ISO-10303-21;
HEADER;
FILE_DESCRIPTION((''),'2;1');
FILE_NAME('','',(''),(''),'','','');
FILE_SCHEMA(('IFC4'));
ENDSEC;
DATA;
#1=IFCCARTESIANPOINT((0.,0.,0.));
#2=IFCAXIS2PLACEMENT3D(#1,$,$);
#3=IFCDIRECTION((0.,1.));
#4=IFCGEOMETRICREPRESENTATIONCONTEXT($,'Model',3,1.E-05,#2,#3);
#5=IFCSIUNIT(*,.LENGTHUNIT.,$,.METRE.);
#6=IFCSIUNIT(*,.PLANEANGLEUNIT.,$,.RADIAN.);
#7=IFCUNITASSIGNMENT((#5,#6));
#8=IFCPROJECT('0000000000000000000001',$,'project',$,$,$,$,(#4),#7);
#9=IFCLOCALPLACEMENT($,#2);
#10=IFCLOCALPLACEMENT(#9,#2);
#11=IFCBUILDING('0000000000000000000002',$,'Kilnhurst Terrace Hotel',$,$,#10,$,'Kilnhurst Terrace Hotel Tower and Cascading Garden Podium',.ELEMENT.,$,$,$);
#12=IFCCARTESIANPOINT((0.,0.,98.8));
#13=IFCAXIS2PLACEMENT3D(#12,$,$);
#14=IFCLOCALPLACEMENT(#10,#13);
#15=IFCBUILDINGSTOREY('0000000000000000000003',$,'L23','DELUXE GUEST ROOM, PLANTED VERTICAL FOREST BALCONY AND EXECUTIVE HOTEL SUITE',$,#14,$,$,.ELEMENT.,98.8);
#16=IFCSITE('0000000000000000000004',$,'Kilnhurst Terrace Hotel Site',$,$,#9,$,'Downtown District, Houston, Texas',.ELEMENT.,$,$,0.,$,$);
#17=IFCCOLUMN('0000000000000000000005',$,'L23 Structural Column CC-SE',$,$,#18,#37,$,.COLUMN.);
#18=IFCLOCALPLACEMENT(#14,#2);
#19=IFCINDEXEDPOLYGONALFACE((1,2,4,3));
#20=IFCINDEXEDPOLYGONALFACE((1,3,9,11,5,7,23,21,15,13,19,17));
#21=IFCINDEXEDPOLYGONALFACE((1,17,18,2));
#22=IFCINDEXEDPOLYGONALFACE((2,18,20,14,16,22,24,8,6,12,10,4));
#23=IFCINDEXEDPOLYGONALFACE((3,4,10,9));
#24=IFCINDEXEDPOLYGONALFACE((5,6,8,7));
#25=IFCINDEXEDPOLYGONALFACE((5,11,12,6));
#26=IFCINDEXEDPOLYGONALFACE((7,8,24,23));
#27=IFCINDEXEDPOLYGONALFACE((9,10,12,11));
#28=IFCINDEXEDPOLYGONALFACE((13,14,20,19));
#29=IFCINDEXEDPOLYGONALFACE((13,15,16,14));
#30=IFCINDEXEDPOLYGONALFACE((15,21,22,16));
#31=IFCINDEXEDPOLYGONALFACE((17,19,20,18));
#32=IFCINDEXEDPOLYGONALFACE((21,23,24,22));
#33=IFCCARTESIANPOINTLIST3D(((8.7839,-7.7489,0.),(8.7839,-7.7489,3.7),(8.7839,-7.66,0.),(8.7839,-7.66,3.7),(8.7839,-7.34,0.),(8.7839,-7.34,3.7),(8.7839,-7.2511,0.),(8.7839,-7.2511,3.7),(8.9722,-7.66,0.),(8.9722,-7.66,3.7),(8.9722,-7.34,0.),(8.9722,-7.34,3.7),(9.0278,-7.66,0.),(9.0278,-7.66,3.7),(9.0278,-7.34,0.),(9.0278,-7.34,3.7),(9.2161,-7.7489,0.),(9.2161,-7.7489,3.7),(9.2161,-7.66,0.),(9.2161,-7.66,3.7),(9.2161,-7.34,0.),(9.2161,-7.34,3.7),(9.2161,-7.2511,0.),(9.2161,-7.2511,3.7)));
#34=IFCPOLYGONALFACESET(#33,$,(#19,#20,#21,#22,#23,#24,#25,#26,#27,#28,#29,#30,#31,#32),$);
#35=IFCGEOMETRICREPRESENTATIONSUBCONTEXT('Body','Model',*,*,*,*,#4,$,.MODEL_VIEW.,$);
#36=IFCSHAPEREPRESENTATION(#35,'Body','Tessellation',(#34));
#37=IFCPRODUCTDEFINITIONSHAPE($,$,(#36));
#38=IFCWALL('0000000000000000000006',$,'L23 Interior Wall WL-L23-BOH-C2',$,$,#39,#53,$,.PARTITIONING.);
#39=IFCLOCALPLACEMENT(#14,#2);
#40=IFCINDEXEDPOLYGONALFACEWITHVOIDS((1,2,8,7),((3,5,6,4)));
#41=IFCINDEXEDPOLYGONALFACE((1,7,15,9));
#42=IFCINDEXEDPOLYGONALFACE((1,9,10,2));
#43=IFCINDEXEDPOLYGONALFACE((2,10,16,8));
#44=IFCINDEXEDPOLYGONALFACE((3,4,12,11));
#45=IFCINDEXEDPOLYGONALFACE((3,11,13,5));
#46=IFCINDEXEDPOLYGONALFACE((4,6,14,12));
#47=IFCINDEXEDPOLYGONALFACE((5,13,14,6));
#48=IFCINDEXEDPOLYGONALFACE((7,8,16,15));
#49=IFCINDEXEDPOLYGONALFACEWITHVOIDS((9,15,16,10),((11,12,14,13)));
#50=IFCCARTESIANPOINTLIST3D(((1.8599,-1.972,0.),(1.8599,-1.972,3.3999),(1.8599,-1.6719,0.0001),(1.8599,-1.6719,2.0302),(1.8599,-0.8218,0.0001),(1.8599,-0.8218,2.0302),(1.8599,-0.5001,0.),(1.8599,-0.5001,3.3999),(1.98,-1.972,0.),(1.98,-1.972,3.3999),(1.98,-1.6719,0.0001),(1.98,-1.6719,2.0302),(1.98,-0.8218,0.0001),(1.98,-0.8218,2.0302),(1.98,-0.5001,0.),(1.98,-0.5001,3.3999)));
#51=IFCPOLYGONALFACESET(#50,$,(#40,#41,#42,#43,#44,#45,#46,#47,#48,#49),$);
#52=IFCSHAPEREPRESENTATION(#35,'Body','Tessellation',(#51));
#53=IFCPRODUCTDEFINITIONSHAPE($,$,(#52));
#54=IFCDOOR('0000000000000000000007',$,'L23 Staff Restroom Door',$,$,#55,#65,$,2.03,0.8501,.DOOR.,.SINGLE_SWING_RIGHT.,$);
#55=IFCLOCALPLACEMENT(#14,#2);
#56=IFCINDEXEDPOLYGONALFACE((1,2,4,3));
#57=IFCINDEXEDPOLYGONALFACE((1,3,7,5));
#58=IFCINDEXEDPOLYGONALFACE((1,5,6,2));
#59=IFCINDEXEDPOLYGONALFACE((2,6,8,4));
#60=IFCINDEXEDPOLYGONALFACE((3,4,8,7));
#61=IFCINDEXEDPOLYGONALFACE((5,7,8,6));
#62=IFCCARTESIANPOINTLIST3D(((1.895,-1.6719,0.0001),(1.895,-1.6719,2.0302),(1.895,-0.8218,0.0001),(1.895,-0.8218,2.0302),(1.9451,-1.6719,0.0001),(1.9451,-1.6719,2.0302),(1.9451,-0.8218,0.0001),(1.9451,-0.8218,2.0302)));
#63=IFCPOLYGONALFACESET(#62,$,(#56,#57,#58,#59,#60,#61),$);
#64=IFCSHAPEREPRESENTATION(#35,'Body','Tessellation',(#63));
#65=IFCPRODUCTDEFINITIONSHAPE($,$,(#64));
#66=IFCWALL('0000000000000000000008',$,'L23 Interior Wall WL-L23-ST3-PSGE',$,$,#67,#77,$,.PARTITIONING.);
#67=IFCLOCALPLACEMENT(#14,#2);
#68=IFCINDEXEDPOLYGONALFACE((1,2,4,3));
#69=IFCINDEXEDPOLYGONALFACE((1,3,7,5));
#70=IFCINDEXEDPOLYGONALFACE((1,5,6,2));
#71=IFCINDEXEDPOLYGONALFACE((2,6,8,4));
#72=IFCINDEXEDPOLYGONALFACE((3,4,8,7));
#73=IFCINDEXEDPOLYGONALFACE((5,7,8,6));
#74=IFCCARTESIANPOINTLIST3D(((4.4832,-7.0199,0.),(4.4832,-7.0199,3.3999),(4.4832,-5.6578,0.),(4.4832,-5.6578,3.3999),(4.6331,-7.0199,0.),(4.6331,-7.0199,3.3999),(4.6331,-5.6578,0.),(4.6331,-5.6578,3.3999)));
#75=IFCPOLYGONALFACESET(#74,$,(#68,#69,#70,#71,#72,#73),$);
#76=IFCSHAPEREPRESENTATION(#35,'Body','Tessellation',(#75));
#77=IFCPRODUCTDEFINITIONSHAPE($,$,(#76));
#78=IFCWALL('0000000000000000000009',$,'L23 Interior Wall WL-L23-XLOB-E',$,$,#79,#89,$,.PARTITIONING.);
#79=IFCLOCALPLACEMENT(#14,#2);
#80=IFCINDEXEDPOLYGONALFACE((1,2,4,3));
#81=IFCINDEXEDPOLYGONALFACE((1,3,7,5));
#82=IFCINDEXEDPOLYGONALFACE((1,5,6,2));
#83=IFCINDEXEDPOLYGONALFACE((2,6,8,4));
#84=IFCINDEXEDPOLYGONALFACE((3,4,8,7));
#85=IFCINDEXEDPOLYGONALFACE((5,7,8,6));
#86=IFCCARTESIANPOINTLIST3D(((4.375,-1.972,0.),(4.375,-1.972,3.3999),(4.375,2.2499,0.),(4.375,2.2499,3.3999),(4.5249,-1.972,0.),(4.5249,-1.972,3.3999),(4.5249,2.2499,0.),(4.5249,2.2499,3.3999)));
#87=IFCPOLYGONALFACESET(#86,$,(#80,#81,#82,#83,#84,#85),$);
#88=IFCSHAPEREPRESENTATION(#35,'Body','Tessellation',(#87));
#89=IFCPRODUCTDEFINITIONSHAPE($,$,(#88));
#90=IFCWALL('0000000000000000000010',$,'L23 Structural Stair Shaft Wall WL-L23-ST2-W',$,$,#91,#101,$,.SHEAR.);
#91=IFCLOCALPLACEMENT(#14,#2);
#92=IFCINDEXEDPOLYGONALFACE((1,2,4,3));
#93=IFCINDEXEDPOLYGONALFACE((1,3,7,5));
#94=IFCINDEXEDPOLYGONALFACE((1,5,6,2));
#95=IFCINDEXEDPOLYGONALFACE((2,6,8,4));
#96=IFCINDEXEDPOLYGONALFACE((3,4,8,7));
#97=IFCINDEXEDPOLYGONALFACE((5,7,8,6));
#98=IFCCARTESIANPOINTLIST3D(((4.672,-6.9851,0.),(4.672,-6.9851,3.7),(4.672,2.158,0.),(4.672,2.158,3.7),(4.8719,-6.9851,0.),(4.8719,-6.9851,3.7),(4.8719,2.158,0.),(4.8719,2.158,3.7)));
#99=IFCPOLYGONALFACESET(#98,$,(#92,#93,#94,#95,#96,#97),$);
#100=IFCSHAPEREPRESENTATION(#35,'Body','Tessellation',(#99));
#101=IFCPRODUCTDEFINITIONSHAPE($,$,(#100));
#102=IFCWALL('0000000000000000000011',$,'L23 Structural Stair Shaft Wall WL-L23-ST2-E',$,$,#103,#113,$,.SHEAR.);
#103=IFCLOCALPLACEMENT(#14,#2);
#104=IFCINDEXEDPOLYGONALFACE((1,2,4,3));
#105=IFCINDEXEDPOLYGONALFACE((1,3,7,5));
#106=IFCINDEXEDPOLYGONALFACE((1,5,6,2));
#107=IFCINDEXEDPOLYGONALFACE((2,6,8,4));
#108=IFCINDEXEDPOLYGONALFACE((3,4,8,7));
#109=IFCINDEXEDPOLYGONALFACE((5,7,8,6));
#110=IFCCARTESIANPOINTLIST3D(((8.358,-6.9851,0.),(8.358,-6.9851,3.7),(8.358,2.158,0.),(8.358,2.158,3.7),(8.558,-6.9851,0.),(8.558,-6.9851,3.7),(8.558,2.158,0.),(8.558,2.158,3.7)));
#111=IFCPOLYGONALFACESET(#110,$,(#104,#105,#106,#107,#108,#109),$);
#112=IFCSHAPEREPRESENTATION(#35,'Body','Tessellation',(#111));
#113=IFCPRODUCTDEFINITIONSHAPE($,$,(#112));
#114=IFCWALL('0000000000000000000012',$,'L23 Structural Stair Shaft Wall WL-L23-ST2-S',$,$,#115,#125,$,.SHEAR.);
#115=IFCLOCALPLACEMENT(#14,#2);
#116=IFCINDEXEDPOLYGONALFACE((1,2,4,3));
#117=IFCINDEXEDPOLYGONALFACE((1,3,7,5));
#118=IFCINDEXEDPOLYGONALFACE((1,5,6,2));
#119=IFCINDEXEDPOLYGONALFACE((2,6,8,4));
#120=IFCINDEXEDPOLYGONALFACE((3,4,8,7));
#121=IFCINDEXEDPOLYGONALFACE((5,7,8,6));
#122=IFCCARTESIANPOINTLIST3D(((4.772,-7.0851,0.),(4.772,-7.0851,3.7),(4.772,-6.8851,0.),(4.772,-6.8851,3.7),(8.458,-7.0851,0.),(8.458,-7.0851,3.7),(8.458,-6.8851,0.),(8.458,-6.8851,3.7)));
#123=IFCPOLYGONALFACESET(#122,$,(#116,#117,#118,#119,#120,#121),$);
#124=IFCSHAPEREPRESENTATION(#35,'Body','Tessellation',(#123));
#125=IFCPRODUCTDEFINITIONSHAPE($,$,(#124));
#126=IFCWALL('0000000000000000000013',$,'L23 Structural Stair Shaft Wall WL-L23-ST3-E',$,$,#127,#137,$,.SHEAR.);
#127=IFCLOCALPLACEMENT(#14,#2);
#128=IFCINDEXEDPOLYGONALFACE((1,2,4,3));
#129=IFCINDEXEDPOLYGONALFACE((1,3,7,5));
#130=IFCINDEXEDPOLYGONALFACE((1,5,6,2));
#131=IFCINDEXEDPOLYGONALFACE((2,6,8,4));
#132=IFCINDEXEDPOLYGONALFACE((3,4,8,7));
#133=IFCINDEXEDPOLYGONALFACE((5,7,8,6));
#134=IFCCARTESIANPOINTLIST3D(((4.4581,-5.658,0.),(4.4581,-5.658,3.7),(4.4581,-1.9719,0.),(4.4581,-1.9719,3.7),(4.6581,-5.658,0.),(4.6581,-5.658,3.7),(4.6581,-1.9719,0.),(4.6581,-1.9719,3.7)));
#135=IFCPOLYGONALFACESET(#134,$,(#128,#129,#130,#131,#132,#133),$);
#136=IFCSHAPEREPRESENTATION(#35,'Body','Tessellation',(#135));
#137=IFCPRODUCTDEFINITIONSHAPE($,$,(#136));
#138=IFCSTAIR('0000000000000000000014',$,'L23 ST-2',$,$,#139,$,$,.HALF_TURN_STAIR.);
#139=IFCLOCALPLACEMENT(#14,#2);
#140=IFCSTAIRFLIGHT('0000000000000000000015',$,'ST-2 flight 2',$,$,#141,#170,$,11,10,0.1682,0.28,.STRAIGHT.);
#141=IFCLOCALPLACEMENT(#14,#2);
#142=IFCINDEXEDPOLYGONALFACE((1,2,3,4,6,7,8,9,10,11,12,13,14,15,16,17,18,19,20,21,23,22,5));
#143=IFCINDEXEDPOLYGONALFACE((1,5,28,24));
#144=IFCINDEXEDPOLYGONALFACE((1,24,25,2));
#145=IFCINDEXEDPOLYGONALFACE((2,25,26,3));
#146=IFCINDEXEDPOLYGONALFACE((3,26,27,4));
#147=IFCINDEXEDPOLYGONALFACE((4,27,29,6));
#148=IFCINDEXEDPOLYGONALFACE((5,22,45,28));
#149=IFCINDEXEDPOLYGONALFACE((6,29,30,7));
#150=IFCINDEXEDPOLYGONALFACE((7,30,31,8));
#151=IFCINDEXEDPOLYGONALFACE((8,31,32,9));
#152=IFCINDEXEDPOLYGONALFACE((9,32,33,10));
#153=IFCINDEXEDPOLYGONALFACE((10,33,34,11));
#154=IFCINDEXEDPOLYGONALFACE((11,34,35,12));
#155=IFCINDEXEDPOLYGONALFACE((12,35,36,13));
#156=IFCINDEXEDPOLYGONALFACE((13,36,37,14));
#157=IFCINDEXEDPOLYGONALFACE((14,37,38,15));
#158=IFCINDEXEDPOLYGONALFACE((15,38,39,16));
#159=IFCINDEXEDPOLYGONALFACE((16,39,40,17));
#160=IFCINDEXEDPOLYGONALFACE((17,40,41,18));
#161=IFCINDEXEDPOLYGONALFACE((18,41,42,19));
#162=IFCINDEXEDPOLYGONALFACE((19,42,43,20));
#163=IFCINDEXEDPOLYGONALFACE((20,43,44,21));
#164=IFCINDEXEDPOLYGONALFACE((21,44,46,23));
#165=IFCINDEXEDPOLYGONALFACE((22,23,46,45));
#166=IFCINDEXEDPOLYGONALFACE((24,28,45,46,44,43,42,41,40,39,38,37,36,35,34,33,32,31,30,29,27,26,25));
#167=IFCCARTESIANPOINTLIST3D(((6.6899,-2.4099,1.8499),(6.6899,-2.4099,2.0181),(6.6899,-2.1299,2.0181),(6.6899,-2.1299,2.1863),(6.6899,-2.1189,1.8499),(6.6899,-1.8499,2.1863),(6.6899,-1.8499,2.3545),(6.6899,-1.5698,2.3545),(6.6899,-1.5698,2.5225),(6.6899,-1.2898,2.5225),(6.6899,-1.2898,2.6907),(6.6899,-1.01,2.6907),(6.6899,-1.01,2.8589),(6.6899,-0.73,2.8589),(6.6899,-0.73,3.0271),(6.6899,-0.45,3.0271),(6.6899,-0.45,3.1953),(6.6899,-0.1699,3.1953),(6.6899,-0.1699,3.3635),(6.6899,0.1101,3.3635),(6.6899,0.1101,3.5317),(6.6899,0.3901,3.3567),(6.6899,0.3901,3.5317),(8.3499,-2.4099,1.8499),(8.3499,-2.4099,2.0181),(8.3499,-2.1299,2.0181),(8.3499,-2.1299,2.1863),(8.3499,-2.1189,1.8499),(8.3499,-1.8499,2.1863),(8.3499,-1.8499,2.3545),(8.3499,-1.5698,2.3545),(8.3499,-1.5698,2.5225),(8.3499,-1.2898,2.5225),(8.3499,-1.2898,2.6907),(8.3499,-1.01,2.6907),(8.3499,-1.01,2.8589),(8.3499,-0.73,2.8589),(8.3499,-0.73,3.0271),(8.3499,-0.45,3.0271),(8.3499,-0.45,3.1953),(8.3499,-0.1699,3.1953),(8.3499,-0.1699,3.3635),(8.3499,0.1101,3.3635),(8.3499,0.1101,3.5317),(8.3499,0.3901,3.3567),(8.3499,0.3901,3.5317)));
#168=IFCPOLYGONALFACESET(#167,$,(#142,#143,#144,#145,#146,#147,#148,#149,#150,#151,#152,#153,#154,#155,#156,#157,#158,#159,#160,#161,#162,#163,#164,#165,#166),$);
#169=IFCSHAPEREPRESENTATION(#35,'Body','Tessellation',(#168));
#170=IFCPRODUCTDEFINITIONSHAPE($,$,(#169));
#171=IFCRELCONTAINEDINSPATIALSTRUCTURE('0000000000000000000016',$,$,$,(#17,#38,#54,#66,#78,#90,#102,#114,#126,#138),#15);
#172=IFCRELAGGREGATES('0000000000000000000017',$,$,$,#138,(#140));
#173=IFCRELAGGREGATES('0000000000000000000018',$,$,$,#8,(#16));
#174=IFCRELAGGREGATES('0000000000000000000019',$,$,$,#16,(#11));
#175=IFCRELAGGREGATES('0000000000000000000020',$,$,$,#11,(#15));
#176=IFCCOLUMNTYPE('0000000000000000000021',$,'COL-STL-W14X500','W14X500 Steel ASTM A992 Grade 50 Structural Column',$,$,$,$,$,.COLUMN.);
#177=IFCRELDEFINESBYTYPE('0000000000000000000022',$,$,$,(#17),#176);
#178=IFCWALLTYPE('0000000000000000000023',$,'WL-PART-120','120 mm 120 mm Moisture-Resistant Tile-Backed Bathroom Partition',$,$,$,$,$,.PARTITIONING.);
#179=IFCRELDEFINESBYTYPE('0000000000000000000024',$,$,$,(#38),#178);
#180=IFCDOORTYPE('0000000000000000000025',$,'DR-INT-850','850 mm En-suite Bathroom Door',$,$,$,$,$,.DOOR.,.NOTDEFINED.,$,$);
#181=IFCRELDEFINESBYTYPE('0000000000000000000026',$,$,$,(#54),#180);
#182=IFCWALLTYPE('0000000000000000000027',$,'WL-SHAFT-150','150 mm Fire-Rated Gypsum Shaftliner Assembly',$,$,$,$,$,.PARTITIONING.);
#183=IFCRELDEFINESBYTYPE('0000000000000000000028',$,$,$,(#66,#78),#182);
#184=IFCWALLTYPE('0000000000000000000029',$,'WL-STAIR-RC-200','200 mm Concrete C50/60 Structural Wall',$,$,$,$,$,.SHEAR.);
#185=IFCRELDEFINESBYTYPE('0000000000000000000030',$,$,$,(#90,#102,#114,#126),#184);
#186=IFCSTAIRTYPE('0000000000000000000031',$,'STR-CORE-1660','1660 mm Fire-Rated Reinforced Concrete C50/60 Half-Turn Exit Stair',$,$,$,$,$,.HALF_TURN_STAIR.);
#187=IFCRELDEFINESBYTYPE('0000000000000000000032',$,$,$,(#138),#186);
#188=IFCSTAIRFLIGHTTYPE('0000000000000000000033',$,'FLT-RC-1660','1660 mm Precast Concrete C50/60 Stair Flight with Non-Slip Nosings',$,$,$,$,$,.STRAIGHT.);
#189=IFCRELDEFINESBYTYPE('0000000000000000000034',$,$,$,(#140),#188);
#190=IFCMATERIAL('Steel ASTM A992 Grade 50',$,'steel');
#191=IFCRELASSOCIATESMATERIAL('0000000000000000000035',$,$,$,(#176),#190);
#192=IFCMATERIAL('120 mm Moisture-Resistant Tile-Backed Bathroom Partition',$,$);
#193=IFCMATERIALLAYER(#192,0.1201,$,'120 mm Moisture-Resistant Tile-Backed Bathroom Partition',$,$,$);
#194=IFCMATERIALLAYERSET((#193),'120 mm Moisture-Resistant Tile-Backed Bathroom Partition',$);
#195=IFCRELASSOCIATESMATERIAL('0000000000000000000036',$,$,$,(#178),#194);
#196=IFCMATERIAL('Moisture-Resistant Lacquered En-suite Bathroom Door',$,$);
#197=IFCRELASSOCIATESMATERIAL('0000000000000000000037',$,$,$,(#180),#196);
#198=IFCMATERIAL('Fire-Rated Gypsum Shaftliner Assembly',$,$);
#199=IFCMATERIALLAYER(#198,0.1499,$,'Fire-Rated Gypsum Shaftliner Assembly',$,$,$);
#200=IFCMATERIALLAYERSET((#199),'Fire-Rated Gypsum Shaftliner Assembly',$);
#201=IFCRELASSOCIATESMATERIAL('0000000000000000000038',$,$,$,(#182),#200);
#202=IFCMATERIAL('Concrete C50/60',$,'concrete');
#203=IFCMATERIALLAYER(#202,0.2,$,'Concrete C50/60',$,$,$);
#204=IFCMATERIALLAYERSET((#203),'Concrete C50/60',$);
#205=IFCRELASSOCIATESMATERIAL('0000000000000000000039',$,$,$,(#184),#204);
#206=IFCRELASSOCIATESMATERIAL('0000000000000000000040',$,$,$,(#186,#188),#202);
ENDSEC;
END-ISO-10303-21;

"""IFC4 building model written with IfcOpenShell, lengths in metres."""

from ifc_helpers import new_model, si_unit, direction, frame, frame_2d, origin, origin_2d, place, context, subcontext, project, spatial, polyline, rectangle, i_section, outline, extrude, material, layer, layer_set, material_profile, profile_set, type_object, element, fill, aggregate, save


model = new_model("IFC4")

# Units and contexts
model_context = context("Model", 3, precision=1e-05, world=origin(), true_north=direction((0.0, 1.0)))
body_context = subcontext(model_context, "Body", "Model", "MODEL_VIEW")
ifc_project = project(units=[si_unit("LENGTHUNIT", "METRE"), si_unit("PLANEANGLEUNIT", "RADIAN")], contexts=[model_context])

# Site, building, storey
site_placement = place(None, origin())
site = spatial("IfcSite", under=ifc_project, at=site_placement, Name="Kilnhurst Terrace Hotel Site", LongName="Downtown District, Houston, Texas", CompositionType="ELEMENT", RefElevation=0.0)
building_placement = place(site_placement, origin())
building = spatial("IfcBuilding", under=site, at=building_placement, Name="Kilnhurst Terrace Hotel", LongName="Kilnhurst Terrace Hotel Tower and Cascading Garden Podium", CompositionType="ELEMENT")
storey_placement = place(building_placement, frame((0.0, 0.0, 98.8)))
storey = spatial("IfcBuildingStorey", under=building, at=storey_placement, Name="L23", Description="DELUXE GUEST ROOM, PLANTED VERTICAL FOREST BALCONY AND EXECUTIVE HOTEL SUITE", CompositionType="ELEMENT", Elevation=98.8)

# Column
ifc_material_1 = material(Name="Steel ASTM A992 Grade 50", Category="steel")
ifc_material_profile = material_profile(ifc_material_1, i_section(OverallWidth=0.4321, OverallDepth=0.4978, WebThickness=0.0557, FlangeThickness=0.0889, at=origin_2d()), Name="W14X500")
ifc_profile_set = profile_set([ifc_material_profile], Name="Steel ASTM A992 Grade 50")
column_type = type_object("IfcColumnType", Name="COL-STL-W14X500", Description="W14X500 Steel ASTM A992 Grade 50 Structural Column", PredefinedType="COLUMN", material=ifc_profile_set)
column_placement = place(storey_placement, frame((9.0, -7.5, 0.0), z_axis=(0.0, 0.0, 1.0), x_axis=(1.0, 0.0, 0.0)))
element("IfcColumn", 1, at=column_placement, inside=storey, type_object=column_type, Name="L23 Structural Column CC-SE", PredefinedType="COLUMN", context=body_context, shape_type="SweptSolid", body=[
    extrude(i_section(OverallWidth=0.4321, OverallDepth=0.4978, WebThickness=0.0557, FlangeThickness=0.0889, at=origin_2d()), origin(), (0.0, 0.0, 1.0), 3.7),
])

# Wall, opening, door
ifc_material_2 = material(Name="120 mm Moisture-Resistant Tile-Backed Bathroom Partition")
ifc_layer_1 = layer(ifc_material_2, 0.1201, Name="120 mm Moisture-Resistant Tile-Backed Bathroom Partition")
ifc_layer_set_1 = layer_set([ifc_layer_1], Name="120 mm Moisture-Resistant Tile-Backed Bathroom Partition")
wall_type_1 = type_object("IfcWallType", Name="WL-PART-120", Description="120 mm 120 mm Moisture-Resistant Tile-Backed Bathroom Partition", PredefinedType="PARTITIONING", material=ifc_layer_set_1)
wall_1_placement = place(storey_placement, frame((1.9199, -1.9719, 0.0), z_axis=(0.0, 0.0, 1.0), x_axis=(0.0, 1.0, 0.0)))
wall_1 = element("IfcWall", 2, at=wall_1_placement, inside=storey, type_object=wall_type_1, Name="L23 Interior Wall WL-L23-BOH-C2", PredefinedType="PARTITIONING", context=body_context, shape_type="SweptSolid", body=[
    extrude(rectangle(XDim=1.4719, YDim=0.1201, at=frame_2d((0.7358, 0.0))), origin(), (0.0, 0.0, 1.0), 3.3999),
])
opening_placement = place(wall_1_placement, frame((0.3, 0.0, 0.0)))
opening = element("IfcOpeningElement", 3, at=opening_placement, cuts=wall_1, PredefinedType="OPENING", context=body_context, shape_type="SweptSolid", body=[
    extrude(rectangle(XDim=0.8501, YDim=2.03, at=frame_2d((0.425, 1.0151))), frame((0.0, 0.0701, 0.0), z_axis=(0.0, -1.0, 0.0), x_axis=(1.0, 0.0, 0.0)), (0.0, 0.0, 1.0), 0.1401),
])
ifc_material_3 = material(Name="Moisture-Resistant Lacquered En-suite Bathroom Door")
door_type = type_object("IfcDoorType", Name="DR-INT-850", Description="850 mm En-suite Bathroom Door", OperationType="NOTDEFINED", PredefinedType="DOOR", material=ifc_material_3)
door_placement = place(opening_placement, origin())
door = element("IfcDoor", 4, at=door_placement, inside=storey, type_object=door_type, Name="L23 Staff Restroom Door", OperationType="SINGLE_SWING_RIGHT", OverallHeight=2.03, OverallWidth=0.8501, PredefinedType="DOOR", context=body_context, shape_type="SweptSolid", body=[
    extrude(rectangle(XDim=0.8501, YDim=2.03, at=frame_2d((0.425, 1.0151))), frame((0.0, 0.0249, 0.0), z_axis=(0.0, -1.0, 0.0), x_axis=(1.0, 0.0, 0.0)), (0.0, 0.0, 1.0), 0.05),
])
fill(opening, door)

# Walls
ifc_material_4 = material(Name="Fire-Rated Gypsum Shaftliner Assembly")
ifc_layer_2 = layer(ifc_material_4, 0.1499, Name="Fire-Rated Gypsum Shaftliner Assembly")
ifc_layer_set_2 = layer_set([ifc_layer_2], Name="Fire-Rated Gypsum Shaftliner Assembly")
wall_type_2 = type_object("IfcWallType", Name="WL-SHAFT-150", Description="150 mm Fire-Rated Gypsum Shaftliner Assembly", PredefinedType="PARTITIONING", material=ifc_layer_set_2)
wall_2_placement = place(storey_placement, frame((4.5581, -7.02, 0.0), z_axis=(0.0, 0.0, 1.0), x_axis=(0.0, 1.0, 0.0)))
element("IfcWall", 5, at=wall_2_placement, inside=storey, type_object=wall_type_2, Name="L23 Interior Wall WL-L23-ST3-PSGE", PredefinedType="PARTITIONING", context=body_context, shape_type="SweptSolid", body=[
    extrude(rectangle(XDim=1.3621, YDim=0.1499, at=frame_2d((0.6812, 0.0))), origin(), (0.0, 0.0, 1.0), 3.3999),
])
wall_3_placement = place(storey_placement, frame((4.45, -1.9719, 0.0), z_axis=(0.0, 0.0, 1.0), x_axis=(0.0, 1.0, 0.0)))
element("IfcWall", 6, at=wall_3_placement, inside=storey, type_object=wall_type_2, Name="L23 Interior Wall WL-L23-XLOB-E", PredefinedType="PARTITIONING", context=body_context, shape_type="SweptSolid", body=[
    extrude(rectangle(XDim=4.2219, YDim=0.1499, at=frame_2d((2.1108, 0.0))), origin(), (0.0, 0.0, 1.0), 3.3999),
])
ifc_material_5 = material(Name="Concrete C50/60", Category="concrete")
ifc_layer_3 = layer(ifc_material_5, 0.2, Name="Concrete C50/60")
ifc_layer_set_3 = layer_set([ifc_layer_3], Name="Concrete C50/60")
wall_type_3 = type_object("IfcWallType", Name="WL-STAIR-RC-200", Description="200 mm Concrete C50/60 Structural Wall", PredefinedType="SHEAR", material=ifc_layer_set_3)
for number, where, z_axis, x_axis, name in (
    (7, (4.772, -6.9851, 0.0), (0.0, 0.0, 1.0), (0.0, 1.0, 0.0), "L23 Structural Stair Shaft Wall WL-L23-ST2-W"),
    (8, (8.458, -6.9851, 0.0), (0.0, 0.0, 1.0), (0.0, 1.0, 0.0), "L23 Structural Stair Shaft Wall WL-L23-ST2-E"),
):
    element("IfcWall", number, at=place(storey_placement, frame(where, z_axis=z_axis, x_axis=x_axis)), inside=storey, type_object=wall_type_3, Name=name, PredefinedType="SHEAR", context=body_context, shape_type="SweptSolid", body=[
        extrude(rectangle(XDim=9.1431, YDim=0.2, at=frame_2d((4.5715, 0.0))), origin(), (0.0, 0.0, 1.0), 3.7),
    ])
for number, where, z_axis, x_axis, name in (
    (9, (4.772, -6.9851, 0.0), (0.0, 0.0, 1.0), (1.0, 0.0, 0.0), "L23 Structural Stair Shaft Wall WL-L23-ST2-S"),
    (10, (4.5581, -5.658, 0.0), (0.0, 0.0, 1.0), (0.0, 1.0, 0.0), "L23 Structural Stair Shaft Wall WL-L23-ST3-E"),
):
    element("IfcWall", number, at=place(storey_placement, frame(where, z_axis=z_axis, x_axis=x_axis)), inside=storey, type_object=wall_type_3, Name=name, PredefinedType="SHEAR", context=body_context, shape_type="SweptSolid", body=[
        extrude(rectangle(XDim=3.686, YDim=0.2, at=frame_2d((1.843, 0.0))), origin(), (0.0, 0.0, 1.0), 3.7),
    ])

# Stair, stair flight
stair_type = type_object("IfcStairType", Name="STR-CORE-1660", Description="1660 mm Fire-Rated Reinforced Concrete C50/60 Half-Turn Exit Stair", PredefinedType="HALF_TURN_STAIR", material=ifc_material_5)
stair_1_placement = place(storey_placement, origin())
stair_1 = element("IfcStair", 11, at=stair_1_placement, inside=storey, type_object=stair_type, Name="L23 ST-2", PredefinedType="HALF_TURN_STAIR")
stair_flight_type = type_object("IfcStairFlightType", Name="FLT-RC-1660", Description="1660 mm Precast Concrete C50/60 Stair Flight with Non-Slip Nosings", PredefinedType="STRAIGHT", material=ifc_material_5)
stair_flight_1_placement = place(storey_placement, frame((7.52, -2.4099, 1.8499), z_axis=(0.0, 0.0, 1.0), x_axis=(0.0, 1.0, 0.0)))
stair_flight_1 = element("IfcStairFlight", 12, at=stair_flight_1_placement, type_object=stair_flight_type, Name="ST-2 flight 2", NumberOfRisers=11, NumberOfTreads=10, PredefinedType="STRAIGHT", RiserHeight=0.1682, TreadLength=0.28, context=body_context, shape_type="SweptSolid", body=[
    extrude(outline(polyline([(0.0, 0.0), (0.0, 0.1682), (0.28, 0.1682), (0.28, 0.3364), (0.5601, 0.3364), (0.5601, 0.5046), (0.8401, 0.5046), (0.8401, 0.6726), (1.1201, 0.6726), (1.1201, 0.8408), (1.3999, 0.8408), (1.3999, 1.009), (1.6799, 1.009), (1.6799, 1.1772), (1.96, 1.1772), (1.96, 1.3455), (2.24, 1.3455), (2.24, 1.5137), (2.52, 1.5137), (2.52, 1.6819), (2.8, 1.6819), (2.8, 1.8501), (2.8, 1.5068), (0.291, 0.0), (0.0, 0.0)])), frame((0.0, 0.8301, 0.0), z_axis=(0.0, -1.0, 0.0), x_axis=(1.0, 0.0, 0.0)), (0.0, 0.0, 1.0), 1.6599),
])
aggregate(stair_1, [stair_flight_1])

save(model, "model.ifc")
